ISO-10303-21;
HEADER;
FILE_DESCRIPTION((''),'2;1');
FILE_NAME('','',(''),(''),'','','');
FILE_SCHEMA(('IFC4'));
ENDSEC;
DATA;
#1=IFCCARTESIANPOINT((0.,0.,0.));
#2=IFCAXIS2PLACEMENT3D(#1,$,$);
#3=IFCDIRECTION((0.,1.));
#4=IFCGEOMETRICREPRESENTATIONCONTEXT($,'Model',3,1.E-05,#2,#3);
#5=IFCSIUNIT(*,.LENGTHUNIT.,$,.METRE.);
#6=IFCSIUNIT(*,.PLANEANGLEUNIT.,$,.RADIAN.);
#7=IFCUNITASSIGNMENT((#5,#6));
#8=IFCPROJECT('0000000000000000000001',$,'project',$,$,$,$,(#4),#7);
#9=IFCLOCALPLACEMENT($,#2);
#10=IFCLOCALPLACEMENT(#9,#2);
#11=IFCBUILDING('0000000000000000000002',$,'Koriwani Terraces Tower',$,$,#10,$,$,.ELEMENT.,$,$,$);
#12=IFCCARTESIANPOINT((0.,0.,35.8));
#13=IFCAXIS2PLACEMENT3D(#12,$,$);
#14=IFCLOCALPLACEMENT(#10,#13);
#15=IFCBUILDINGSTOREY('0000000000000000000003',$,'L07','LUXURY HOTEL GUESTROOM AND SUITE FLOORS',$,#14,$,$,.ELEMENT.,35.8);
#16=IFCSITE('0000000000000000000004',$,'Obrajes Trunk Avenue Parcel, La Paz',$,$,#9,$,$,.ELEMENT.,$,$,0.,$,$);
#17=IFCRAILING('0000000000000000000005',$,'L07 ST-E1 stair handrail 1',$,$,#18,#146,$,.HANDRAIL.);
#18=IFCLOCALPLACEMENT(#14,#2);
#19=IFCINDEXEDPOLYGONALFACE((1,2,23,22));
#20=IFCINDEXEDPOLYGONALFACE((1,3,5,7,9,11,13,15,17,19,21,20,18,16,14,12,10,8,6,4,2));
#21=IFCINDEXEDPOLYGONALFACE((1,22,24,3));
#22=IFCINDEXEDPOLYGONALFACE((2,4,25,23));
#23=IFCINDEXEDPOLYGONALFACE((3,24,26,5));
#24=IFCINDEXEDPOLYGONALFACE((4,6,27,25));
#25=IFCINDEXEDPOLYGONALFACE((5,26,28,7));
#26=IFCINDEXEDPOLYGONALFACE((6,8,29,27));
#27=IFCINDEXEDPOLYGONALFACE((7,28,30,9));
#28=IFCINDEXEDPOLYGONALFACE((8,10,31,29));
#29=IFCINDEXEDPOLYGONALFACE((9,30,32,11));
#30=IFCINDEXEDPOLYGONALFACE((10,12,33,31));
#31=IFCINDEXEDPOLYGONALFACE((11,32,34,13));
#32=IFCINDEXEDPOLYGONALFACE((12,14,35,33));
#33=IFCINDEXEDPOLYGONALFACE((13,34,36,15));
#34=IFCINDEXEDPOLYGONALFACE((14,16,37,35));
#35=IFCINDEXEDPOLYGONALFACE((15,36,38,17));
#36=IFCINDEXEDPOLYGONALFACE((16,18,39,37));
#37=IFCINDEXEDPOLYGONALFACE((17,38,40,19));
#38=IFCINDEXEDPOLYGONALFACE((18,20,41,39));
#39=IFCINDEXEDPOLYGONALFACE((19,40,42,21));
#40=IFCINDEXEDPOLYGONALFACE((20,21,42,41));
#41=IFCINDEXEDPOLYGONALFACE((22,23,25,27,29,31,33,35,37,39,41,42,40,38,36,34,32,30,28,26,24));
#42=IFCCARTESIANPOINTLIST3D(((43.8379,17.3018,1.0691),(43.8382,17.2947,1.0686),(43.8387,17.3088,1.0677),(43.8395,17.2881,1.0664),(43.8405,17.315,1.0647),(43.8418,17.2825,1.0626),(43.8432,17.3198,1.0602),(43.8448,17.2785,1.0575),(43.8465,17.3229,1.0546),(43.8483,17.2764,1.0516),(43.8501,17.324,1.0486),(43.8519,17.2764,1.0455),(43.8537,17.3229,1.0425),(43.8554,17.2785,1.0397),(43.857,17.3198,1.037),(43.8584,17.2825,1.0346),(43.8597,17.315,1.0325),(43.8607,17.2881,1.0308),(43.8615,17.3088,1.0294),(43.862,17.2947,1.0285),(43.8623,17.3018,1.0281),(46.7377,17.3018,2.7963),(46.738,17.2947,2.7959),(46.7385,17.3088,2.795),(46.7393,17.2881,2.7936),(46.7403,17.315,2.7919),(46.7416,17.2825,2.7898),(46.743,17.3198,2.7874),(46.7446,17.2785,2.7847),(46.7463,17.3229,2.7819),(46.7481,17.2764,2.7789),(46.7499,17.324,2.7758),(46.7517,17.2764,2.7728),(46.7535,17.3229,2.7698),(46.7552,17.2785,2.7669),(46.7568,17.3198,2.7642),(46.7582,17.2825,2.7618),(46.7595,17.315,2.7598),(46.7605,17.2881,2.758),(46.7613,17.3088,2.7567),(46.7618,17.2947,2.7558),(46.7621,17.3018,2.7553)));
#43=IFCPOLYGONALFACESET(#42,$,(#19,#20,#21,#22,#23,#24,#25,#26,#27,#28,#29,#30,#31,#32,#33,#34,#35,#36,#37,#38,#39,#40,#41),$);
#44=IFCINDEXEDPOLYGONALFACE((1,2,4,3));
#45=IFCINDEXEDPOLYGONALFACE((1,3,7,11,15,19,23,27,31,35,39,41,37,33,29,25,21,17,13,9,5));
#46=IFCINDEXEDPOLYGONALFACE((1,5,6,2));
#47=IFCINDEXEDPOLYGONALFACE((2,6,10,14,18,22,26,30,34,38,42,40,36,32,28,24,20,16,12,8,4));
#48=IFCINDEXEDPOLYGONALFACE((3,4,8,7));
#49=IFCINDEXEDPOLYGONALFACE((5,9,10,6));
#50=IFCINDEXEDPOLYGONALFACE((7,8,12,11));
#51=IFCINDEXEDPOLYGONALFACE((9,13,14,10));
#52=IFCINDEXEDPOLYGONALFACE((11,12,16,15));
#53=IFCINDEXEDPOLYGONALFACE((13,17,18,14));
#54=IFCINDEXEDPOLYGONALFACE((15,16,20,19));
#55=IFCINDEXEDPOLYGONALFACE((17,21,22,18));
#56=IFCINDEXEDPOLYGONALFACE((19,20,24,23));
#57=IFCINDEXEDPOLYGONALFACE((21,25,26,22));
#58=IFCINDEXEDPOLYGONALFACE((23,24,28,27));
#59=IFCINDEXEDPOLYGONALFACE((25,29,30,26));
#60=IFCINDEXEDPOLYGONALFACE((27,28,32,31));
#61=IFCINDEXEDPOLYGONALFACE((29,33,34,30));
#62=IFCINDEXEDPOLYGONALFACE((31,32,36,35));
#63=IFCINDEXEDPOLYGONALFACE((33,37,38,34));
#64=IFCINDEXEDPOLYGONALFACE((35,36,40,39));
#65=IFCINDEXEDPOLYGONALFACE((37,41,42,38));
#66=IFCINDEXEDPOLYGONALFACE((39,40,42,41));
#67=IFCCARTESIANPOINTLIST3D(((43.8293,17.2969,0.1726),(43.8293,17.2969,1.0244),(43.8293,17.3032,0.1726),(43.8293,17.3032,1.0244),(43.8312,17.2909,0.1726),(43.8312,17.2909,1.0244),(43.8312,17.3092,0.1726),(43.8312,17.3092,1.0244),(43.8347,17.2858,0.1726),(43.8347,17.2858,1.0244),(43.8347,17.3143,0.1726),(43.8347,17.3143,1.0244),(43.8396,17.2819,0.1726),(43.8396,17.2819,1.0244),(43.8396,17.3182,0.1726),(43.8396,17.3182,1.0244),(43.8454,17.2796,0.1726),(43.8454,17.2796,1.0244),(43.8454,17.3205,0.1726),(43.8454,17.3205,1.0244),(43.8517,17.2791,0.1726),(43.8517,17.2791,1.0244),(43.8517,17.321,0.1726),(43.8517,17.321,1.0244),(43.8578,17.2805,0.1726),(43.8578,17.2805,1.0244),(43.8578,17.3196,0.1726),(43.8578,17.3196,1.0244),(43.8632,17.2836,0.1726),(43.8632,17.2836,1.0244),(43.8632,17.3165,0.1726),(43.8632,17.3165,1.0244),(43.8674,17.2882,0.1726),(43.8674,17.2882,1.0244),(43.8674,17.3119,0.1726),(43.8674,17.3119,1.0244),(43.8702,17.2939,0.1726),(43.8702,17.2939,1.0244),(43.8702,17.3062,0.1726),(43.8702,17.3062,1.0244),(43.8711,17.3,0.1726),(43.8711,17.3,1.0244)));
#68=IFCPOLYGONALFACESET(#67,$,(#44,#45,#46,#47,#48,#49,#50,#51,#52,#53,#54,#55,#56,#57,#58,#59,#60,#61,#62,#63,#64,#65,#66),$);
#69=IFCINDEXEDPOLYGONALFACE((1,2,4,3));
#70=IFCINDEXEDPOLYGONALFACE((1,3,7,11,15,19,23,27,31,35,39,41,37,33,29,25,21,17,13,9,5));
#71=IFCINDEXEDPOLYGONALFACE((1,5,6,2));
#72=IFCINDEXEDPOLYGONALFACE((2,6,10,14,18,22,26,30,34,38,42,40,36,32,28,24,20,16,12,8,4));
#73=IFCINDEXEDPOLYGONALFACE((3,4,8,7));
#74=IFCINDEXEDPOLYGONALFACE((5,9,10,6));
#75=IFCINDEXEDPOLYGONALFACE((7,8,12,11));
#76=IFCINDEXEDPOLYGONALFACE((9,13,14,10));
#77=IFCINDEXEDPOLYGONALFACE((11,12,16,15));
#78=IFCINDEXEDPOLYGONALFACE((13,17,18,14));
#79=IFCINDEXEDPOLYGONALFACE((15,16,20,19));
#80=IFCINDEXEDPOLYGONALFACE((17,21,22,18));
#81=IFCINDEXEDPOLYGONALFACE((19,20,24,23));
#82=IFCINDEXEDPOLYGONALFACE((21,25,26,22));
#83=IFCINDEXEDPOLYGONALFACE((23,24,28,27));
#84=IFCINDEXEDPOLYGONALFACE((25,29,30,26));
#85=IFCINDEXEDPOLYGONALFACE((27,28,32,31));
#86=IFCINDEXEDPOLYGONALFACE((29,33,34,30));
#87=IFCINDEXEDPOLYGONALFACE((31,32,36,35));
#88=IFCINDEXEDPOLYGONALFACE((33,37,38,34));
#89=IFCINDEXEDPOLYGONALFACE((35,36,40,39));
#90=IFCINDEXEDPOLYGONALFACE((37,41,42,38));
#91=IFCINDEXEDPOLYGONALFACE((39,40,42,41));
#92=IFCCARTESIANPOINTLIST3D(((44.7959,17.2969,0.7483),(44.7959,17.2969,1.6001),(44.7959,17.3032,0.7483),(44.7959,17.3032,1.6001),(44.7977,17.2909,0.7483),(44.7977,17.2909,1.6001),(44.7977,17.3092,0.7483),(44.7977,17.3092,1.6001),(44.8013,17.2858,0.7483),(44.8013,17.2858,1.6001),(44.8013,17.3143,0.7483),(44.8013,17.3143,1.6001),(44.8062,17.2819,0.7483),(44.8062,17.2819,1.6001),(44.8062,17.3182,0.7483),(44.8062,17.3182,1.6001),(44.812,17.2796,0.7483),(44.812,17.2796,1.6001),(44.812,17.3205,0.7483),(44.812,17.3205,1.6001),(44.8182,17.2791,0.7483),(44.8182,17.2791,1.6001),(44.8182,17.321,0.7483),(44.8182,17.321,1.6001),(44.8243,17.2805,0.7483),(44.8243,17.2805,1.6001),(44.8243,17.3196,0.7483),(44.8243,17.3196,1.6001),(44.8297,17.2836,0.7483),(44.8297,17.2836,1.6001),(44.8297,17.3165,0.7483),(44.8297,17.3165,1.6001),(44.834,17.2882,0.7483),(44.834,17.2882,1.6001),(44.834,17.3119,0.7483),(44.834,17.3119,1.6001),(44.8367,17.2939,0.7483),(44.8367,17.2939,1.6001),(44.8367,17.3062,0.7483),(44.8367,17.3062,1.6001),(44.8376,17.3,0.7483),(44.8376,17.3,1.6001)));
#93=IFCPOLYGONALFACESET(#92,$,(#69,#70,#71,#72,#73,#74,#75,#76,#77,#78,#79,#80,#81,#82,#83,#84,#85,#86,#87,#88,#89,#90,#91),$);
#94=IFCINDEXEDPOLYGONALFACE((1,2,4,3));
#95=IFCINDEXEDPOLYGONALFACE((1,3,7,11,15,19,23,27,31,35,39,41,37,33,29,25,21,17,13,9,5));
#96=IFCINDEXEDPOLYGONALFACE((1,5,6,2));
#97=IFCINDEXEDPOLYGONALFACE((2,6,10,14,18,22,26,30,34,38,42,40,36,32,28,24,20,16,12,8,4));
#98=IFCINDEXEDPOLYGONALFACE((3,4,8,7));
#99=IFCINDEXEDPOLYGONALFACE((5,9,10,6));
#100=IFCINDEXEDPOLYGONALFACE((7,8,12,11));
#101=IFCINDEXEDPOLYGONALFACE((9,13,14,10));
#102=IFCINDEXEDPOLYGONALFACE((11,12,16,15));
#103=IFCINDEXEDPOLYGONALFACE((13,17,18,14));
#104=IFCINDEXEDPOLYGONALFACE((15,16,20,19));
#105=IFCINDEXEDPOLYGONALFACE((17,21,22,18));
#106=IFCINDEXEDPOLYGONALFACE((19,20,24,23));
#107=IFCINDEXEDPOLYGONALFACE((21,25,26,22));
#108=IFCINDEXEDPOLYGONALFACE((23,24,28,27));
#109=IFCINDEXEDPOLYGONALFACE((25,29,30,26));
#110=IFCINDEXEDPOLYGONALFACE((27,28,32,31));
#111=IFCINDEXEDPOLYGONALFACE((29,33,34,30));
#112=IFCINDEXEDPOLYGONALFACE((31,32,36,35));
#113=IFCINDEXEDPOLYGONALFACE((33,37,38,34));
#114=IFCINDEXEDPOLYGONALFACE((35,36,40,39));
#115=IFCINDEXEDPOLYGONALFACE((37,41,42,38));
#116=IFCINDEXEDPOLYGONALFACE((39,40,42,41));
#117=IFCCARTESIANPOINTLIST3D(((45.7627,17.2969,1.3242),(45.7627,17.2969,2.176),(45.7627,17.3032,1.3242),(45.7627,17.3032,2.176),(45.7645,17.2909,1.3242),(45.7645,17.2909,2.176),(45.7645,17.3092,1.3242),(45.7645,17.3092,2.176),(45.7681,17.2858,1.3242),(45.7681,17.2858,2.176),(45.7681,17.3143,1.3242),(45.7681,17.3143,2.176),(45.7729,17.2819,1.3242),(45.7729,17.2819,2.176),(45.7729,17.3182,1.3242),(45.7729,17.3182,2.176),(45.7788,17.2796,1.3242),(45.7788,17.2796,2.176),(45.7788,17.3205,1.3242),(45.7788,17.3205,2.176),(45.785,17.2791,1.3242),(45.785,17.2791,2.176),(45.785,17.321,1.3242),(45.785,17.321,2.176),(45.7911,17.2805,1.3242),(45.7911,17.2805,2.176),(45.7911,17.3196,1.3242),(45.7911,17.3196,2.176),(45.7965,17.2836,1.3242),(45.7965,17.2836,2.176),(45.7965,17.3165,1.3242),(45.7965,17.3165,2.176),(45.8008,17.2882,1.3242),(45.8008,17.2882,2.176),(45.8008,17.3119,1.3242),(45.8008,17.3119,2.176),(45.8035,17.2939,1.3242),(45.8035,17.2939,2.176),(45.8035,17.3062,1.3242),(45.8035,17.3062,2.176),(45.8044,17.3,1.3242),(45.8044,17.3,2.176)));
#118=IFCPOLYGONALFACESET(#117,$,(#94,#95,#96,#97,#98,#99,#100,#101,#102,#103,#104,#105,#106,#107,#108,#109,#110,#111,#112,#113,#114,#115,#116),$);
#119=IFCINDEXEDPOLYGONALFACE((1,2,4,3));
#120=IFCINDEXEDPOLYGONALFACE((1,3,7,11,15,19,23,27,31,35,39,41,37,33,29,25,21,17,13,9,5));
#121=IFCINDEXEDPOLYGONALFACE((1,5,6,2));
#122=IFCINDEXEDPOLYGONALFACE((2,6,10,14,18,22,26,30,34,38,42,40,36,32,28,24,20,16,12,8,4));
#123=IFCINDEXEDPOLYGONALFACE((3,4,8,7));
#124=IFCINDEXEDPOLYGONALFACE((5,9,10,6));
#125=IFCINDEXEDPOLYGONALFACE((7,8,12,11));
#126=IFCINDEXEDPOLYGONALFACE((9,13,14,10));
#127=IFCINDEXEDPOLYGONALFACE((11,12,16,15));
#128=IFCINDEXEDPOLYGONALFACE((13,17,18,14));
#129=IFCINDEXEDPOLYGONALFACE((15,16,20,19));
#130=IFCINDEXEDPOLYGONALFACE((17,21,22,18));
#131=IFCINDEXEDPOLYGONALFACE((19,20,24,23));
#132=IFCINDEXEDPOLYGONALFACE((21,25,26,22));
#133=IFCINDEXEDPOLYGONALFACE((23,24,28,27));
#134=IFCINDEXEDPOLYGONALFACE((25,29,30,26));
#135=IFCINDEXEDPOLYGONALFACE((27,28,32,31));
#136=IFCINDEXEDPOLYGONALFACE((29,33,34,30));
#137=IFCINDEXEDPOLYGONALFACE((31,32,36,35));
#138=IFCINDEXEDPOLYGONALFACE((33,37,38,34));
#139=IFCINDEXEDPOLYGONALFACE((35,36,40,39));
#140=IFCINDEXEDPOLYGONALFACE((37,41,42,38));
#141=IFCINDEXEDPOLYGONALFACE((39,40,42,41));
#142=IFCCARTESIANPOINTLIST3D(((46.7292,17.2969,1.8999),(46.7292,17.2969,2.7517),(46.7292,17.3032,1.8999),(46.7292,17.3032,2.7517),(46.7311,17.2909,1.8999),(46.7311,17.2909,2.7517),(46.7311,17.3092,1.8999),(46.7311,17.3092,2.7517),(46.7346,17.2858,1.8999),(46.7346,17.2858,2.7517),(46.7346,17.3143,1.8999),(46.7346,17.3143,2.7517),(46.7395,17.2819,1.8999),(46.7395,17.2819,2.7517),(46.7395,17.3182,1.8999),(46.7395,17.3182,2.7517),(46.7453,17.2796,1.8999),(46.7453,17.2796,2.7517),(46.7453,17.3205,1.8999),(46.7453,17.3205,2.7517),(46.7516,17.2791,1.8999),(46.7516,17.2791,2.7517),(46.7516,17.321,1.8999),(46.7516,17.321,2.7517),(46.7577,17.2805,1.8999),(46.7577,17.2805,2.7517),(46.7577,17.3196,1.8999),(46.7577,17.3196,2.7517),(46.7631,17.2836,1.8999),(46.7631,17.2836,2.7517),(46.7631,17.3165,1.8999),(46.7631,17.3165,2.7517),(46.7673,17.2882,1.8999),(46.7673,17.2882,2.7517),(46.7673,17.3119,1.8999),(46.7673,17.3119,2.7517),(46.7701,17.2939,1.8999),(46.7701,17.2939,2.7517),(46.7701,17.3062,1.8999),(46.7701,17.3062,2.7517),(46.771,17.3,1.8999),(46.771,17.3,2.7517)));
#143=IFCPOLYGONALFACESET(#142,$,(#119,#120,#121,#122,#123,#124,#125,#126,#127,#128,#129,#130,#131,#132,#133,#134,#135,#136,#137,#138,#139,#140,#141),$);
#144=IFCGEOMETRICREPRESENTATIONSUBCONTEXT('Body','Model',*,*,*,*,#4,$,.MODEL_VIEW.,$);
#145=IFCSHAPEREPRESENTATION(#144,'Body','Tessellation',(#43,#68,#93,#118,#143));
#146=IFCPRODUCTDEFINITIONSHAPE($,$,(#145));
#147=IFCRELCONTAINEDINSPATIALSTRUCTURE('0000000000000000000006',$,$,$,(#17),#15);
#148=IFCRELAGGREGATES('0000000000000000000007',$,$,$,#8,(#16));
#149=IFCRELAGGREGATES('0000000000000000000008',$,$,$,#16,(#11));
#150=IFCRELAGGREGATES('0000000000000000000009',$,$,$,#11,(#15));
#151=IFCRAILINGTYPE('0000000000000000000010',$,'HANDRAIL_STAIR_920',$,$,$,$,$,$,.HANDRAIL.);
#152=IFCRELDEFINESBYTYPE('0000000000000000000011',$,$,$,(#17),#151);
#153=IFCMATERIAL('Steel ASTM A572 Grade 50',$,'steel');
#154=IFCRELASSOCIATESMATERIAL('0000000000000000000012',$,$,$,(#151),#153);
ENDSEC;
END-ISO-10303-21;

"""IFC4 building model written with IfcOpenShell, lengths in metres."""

from ifc_helpers import new_model, si_unit, direction, frame, origin, origin_2d, place, context, subcontext, project, spatial, circle, extrude, material, type_object, element, save


model = new_model("IFC4")

# Units and contexts
model_context = context("Model", 3, precision=1e-05, world=origin(), true_north=direction((0.0, 1.0)))
body_context = subcontext(model_context, "Body", "Model", "MODEL_VIEW")
ifc_project = project(units=[si_unit("LENGTHUNIT", "METRE"), si_unit("PLANEANGLEUNIT", "RADIAN")], contexts=[model_context])

# Site, building, storey
site_placement = place(None, origin())
site = spatial("IfcSite", under=ifc_project, at=site_placement, Name="Obrajes Trunk Avenue Parcel, La Paz", CompositionType="ELEMENT", RefElevation=0.0)
building_placement = place(site_placement, origin())
building = spatial("IfcBuilding", under=site, at=building_placement, Name="Koriwani Terraces Tower", CompositionType="ELEMENT")
storey_placement = place(building_placement, frame((0.0, 0.0, 35.8)))
storey = spatial("IfcBuildingStorey", under=building, at=storey_placement, Name="L07", Description="LUXURY HOTEL GUESTROOM AND SUITE FLOORS", CompositionType="ELEMENT", Elevation=35.8)

# Shared definitions
ifc_material_1 = material(Name="Steel ASTM A572 Grade 50", Category="steel")

# Railing
railing_type = type_object("IfcRailingType", Name="HANDRAIL_STAIR_920", PredefinedType="HANDRAIL", material=ifc_material_1)
for number, where, name in (
    (1, (43.8501, 17.3, 0.1726), "L07 ST-E1 stair handrail 1"),
):
    element("IfcRailing", number, at=place(storey_placement, frame(where)), inside=storey, type_object=railing_type, Name=name, PredefinedType="HANDRAIL", context=body_context, shape_type="SweptSolid", body=[
        extrude(circle(Radius=0.0239, at=origin_2d()), frame((0.0, 0.0, 0.876), z_axis=(0.859141, 0.0, 0.511738), x_axis=(0.0, 1.0, 0.0)), (0.0, 0.0, 1.0), 3.3752),
        extrude(circle(Radius=0.021, at=origin_2d()), origin(), (0.0, 0.0, 1.0), 0.8518),
        extrude(circle(Radius=0.021, at=origin_2d()), frame((0.9666, 0.0, 0.5757)), (0.0, 0.0, 1.0), 0.8518),
        extrude(circle(Radius=0.021, at=origin_2d()), frame((1.9333, 0.0, 1.1516)), (0.0, 0.0, 1.0), 0.8518),
        extrude(circle(Radius=0.021, at=origin_2d()), frame((2.8999, 0.0, 1.7273)), (0.0, 0.0, 1.0), 0.8518),
    ])

save(model, "model.ifc")
